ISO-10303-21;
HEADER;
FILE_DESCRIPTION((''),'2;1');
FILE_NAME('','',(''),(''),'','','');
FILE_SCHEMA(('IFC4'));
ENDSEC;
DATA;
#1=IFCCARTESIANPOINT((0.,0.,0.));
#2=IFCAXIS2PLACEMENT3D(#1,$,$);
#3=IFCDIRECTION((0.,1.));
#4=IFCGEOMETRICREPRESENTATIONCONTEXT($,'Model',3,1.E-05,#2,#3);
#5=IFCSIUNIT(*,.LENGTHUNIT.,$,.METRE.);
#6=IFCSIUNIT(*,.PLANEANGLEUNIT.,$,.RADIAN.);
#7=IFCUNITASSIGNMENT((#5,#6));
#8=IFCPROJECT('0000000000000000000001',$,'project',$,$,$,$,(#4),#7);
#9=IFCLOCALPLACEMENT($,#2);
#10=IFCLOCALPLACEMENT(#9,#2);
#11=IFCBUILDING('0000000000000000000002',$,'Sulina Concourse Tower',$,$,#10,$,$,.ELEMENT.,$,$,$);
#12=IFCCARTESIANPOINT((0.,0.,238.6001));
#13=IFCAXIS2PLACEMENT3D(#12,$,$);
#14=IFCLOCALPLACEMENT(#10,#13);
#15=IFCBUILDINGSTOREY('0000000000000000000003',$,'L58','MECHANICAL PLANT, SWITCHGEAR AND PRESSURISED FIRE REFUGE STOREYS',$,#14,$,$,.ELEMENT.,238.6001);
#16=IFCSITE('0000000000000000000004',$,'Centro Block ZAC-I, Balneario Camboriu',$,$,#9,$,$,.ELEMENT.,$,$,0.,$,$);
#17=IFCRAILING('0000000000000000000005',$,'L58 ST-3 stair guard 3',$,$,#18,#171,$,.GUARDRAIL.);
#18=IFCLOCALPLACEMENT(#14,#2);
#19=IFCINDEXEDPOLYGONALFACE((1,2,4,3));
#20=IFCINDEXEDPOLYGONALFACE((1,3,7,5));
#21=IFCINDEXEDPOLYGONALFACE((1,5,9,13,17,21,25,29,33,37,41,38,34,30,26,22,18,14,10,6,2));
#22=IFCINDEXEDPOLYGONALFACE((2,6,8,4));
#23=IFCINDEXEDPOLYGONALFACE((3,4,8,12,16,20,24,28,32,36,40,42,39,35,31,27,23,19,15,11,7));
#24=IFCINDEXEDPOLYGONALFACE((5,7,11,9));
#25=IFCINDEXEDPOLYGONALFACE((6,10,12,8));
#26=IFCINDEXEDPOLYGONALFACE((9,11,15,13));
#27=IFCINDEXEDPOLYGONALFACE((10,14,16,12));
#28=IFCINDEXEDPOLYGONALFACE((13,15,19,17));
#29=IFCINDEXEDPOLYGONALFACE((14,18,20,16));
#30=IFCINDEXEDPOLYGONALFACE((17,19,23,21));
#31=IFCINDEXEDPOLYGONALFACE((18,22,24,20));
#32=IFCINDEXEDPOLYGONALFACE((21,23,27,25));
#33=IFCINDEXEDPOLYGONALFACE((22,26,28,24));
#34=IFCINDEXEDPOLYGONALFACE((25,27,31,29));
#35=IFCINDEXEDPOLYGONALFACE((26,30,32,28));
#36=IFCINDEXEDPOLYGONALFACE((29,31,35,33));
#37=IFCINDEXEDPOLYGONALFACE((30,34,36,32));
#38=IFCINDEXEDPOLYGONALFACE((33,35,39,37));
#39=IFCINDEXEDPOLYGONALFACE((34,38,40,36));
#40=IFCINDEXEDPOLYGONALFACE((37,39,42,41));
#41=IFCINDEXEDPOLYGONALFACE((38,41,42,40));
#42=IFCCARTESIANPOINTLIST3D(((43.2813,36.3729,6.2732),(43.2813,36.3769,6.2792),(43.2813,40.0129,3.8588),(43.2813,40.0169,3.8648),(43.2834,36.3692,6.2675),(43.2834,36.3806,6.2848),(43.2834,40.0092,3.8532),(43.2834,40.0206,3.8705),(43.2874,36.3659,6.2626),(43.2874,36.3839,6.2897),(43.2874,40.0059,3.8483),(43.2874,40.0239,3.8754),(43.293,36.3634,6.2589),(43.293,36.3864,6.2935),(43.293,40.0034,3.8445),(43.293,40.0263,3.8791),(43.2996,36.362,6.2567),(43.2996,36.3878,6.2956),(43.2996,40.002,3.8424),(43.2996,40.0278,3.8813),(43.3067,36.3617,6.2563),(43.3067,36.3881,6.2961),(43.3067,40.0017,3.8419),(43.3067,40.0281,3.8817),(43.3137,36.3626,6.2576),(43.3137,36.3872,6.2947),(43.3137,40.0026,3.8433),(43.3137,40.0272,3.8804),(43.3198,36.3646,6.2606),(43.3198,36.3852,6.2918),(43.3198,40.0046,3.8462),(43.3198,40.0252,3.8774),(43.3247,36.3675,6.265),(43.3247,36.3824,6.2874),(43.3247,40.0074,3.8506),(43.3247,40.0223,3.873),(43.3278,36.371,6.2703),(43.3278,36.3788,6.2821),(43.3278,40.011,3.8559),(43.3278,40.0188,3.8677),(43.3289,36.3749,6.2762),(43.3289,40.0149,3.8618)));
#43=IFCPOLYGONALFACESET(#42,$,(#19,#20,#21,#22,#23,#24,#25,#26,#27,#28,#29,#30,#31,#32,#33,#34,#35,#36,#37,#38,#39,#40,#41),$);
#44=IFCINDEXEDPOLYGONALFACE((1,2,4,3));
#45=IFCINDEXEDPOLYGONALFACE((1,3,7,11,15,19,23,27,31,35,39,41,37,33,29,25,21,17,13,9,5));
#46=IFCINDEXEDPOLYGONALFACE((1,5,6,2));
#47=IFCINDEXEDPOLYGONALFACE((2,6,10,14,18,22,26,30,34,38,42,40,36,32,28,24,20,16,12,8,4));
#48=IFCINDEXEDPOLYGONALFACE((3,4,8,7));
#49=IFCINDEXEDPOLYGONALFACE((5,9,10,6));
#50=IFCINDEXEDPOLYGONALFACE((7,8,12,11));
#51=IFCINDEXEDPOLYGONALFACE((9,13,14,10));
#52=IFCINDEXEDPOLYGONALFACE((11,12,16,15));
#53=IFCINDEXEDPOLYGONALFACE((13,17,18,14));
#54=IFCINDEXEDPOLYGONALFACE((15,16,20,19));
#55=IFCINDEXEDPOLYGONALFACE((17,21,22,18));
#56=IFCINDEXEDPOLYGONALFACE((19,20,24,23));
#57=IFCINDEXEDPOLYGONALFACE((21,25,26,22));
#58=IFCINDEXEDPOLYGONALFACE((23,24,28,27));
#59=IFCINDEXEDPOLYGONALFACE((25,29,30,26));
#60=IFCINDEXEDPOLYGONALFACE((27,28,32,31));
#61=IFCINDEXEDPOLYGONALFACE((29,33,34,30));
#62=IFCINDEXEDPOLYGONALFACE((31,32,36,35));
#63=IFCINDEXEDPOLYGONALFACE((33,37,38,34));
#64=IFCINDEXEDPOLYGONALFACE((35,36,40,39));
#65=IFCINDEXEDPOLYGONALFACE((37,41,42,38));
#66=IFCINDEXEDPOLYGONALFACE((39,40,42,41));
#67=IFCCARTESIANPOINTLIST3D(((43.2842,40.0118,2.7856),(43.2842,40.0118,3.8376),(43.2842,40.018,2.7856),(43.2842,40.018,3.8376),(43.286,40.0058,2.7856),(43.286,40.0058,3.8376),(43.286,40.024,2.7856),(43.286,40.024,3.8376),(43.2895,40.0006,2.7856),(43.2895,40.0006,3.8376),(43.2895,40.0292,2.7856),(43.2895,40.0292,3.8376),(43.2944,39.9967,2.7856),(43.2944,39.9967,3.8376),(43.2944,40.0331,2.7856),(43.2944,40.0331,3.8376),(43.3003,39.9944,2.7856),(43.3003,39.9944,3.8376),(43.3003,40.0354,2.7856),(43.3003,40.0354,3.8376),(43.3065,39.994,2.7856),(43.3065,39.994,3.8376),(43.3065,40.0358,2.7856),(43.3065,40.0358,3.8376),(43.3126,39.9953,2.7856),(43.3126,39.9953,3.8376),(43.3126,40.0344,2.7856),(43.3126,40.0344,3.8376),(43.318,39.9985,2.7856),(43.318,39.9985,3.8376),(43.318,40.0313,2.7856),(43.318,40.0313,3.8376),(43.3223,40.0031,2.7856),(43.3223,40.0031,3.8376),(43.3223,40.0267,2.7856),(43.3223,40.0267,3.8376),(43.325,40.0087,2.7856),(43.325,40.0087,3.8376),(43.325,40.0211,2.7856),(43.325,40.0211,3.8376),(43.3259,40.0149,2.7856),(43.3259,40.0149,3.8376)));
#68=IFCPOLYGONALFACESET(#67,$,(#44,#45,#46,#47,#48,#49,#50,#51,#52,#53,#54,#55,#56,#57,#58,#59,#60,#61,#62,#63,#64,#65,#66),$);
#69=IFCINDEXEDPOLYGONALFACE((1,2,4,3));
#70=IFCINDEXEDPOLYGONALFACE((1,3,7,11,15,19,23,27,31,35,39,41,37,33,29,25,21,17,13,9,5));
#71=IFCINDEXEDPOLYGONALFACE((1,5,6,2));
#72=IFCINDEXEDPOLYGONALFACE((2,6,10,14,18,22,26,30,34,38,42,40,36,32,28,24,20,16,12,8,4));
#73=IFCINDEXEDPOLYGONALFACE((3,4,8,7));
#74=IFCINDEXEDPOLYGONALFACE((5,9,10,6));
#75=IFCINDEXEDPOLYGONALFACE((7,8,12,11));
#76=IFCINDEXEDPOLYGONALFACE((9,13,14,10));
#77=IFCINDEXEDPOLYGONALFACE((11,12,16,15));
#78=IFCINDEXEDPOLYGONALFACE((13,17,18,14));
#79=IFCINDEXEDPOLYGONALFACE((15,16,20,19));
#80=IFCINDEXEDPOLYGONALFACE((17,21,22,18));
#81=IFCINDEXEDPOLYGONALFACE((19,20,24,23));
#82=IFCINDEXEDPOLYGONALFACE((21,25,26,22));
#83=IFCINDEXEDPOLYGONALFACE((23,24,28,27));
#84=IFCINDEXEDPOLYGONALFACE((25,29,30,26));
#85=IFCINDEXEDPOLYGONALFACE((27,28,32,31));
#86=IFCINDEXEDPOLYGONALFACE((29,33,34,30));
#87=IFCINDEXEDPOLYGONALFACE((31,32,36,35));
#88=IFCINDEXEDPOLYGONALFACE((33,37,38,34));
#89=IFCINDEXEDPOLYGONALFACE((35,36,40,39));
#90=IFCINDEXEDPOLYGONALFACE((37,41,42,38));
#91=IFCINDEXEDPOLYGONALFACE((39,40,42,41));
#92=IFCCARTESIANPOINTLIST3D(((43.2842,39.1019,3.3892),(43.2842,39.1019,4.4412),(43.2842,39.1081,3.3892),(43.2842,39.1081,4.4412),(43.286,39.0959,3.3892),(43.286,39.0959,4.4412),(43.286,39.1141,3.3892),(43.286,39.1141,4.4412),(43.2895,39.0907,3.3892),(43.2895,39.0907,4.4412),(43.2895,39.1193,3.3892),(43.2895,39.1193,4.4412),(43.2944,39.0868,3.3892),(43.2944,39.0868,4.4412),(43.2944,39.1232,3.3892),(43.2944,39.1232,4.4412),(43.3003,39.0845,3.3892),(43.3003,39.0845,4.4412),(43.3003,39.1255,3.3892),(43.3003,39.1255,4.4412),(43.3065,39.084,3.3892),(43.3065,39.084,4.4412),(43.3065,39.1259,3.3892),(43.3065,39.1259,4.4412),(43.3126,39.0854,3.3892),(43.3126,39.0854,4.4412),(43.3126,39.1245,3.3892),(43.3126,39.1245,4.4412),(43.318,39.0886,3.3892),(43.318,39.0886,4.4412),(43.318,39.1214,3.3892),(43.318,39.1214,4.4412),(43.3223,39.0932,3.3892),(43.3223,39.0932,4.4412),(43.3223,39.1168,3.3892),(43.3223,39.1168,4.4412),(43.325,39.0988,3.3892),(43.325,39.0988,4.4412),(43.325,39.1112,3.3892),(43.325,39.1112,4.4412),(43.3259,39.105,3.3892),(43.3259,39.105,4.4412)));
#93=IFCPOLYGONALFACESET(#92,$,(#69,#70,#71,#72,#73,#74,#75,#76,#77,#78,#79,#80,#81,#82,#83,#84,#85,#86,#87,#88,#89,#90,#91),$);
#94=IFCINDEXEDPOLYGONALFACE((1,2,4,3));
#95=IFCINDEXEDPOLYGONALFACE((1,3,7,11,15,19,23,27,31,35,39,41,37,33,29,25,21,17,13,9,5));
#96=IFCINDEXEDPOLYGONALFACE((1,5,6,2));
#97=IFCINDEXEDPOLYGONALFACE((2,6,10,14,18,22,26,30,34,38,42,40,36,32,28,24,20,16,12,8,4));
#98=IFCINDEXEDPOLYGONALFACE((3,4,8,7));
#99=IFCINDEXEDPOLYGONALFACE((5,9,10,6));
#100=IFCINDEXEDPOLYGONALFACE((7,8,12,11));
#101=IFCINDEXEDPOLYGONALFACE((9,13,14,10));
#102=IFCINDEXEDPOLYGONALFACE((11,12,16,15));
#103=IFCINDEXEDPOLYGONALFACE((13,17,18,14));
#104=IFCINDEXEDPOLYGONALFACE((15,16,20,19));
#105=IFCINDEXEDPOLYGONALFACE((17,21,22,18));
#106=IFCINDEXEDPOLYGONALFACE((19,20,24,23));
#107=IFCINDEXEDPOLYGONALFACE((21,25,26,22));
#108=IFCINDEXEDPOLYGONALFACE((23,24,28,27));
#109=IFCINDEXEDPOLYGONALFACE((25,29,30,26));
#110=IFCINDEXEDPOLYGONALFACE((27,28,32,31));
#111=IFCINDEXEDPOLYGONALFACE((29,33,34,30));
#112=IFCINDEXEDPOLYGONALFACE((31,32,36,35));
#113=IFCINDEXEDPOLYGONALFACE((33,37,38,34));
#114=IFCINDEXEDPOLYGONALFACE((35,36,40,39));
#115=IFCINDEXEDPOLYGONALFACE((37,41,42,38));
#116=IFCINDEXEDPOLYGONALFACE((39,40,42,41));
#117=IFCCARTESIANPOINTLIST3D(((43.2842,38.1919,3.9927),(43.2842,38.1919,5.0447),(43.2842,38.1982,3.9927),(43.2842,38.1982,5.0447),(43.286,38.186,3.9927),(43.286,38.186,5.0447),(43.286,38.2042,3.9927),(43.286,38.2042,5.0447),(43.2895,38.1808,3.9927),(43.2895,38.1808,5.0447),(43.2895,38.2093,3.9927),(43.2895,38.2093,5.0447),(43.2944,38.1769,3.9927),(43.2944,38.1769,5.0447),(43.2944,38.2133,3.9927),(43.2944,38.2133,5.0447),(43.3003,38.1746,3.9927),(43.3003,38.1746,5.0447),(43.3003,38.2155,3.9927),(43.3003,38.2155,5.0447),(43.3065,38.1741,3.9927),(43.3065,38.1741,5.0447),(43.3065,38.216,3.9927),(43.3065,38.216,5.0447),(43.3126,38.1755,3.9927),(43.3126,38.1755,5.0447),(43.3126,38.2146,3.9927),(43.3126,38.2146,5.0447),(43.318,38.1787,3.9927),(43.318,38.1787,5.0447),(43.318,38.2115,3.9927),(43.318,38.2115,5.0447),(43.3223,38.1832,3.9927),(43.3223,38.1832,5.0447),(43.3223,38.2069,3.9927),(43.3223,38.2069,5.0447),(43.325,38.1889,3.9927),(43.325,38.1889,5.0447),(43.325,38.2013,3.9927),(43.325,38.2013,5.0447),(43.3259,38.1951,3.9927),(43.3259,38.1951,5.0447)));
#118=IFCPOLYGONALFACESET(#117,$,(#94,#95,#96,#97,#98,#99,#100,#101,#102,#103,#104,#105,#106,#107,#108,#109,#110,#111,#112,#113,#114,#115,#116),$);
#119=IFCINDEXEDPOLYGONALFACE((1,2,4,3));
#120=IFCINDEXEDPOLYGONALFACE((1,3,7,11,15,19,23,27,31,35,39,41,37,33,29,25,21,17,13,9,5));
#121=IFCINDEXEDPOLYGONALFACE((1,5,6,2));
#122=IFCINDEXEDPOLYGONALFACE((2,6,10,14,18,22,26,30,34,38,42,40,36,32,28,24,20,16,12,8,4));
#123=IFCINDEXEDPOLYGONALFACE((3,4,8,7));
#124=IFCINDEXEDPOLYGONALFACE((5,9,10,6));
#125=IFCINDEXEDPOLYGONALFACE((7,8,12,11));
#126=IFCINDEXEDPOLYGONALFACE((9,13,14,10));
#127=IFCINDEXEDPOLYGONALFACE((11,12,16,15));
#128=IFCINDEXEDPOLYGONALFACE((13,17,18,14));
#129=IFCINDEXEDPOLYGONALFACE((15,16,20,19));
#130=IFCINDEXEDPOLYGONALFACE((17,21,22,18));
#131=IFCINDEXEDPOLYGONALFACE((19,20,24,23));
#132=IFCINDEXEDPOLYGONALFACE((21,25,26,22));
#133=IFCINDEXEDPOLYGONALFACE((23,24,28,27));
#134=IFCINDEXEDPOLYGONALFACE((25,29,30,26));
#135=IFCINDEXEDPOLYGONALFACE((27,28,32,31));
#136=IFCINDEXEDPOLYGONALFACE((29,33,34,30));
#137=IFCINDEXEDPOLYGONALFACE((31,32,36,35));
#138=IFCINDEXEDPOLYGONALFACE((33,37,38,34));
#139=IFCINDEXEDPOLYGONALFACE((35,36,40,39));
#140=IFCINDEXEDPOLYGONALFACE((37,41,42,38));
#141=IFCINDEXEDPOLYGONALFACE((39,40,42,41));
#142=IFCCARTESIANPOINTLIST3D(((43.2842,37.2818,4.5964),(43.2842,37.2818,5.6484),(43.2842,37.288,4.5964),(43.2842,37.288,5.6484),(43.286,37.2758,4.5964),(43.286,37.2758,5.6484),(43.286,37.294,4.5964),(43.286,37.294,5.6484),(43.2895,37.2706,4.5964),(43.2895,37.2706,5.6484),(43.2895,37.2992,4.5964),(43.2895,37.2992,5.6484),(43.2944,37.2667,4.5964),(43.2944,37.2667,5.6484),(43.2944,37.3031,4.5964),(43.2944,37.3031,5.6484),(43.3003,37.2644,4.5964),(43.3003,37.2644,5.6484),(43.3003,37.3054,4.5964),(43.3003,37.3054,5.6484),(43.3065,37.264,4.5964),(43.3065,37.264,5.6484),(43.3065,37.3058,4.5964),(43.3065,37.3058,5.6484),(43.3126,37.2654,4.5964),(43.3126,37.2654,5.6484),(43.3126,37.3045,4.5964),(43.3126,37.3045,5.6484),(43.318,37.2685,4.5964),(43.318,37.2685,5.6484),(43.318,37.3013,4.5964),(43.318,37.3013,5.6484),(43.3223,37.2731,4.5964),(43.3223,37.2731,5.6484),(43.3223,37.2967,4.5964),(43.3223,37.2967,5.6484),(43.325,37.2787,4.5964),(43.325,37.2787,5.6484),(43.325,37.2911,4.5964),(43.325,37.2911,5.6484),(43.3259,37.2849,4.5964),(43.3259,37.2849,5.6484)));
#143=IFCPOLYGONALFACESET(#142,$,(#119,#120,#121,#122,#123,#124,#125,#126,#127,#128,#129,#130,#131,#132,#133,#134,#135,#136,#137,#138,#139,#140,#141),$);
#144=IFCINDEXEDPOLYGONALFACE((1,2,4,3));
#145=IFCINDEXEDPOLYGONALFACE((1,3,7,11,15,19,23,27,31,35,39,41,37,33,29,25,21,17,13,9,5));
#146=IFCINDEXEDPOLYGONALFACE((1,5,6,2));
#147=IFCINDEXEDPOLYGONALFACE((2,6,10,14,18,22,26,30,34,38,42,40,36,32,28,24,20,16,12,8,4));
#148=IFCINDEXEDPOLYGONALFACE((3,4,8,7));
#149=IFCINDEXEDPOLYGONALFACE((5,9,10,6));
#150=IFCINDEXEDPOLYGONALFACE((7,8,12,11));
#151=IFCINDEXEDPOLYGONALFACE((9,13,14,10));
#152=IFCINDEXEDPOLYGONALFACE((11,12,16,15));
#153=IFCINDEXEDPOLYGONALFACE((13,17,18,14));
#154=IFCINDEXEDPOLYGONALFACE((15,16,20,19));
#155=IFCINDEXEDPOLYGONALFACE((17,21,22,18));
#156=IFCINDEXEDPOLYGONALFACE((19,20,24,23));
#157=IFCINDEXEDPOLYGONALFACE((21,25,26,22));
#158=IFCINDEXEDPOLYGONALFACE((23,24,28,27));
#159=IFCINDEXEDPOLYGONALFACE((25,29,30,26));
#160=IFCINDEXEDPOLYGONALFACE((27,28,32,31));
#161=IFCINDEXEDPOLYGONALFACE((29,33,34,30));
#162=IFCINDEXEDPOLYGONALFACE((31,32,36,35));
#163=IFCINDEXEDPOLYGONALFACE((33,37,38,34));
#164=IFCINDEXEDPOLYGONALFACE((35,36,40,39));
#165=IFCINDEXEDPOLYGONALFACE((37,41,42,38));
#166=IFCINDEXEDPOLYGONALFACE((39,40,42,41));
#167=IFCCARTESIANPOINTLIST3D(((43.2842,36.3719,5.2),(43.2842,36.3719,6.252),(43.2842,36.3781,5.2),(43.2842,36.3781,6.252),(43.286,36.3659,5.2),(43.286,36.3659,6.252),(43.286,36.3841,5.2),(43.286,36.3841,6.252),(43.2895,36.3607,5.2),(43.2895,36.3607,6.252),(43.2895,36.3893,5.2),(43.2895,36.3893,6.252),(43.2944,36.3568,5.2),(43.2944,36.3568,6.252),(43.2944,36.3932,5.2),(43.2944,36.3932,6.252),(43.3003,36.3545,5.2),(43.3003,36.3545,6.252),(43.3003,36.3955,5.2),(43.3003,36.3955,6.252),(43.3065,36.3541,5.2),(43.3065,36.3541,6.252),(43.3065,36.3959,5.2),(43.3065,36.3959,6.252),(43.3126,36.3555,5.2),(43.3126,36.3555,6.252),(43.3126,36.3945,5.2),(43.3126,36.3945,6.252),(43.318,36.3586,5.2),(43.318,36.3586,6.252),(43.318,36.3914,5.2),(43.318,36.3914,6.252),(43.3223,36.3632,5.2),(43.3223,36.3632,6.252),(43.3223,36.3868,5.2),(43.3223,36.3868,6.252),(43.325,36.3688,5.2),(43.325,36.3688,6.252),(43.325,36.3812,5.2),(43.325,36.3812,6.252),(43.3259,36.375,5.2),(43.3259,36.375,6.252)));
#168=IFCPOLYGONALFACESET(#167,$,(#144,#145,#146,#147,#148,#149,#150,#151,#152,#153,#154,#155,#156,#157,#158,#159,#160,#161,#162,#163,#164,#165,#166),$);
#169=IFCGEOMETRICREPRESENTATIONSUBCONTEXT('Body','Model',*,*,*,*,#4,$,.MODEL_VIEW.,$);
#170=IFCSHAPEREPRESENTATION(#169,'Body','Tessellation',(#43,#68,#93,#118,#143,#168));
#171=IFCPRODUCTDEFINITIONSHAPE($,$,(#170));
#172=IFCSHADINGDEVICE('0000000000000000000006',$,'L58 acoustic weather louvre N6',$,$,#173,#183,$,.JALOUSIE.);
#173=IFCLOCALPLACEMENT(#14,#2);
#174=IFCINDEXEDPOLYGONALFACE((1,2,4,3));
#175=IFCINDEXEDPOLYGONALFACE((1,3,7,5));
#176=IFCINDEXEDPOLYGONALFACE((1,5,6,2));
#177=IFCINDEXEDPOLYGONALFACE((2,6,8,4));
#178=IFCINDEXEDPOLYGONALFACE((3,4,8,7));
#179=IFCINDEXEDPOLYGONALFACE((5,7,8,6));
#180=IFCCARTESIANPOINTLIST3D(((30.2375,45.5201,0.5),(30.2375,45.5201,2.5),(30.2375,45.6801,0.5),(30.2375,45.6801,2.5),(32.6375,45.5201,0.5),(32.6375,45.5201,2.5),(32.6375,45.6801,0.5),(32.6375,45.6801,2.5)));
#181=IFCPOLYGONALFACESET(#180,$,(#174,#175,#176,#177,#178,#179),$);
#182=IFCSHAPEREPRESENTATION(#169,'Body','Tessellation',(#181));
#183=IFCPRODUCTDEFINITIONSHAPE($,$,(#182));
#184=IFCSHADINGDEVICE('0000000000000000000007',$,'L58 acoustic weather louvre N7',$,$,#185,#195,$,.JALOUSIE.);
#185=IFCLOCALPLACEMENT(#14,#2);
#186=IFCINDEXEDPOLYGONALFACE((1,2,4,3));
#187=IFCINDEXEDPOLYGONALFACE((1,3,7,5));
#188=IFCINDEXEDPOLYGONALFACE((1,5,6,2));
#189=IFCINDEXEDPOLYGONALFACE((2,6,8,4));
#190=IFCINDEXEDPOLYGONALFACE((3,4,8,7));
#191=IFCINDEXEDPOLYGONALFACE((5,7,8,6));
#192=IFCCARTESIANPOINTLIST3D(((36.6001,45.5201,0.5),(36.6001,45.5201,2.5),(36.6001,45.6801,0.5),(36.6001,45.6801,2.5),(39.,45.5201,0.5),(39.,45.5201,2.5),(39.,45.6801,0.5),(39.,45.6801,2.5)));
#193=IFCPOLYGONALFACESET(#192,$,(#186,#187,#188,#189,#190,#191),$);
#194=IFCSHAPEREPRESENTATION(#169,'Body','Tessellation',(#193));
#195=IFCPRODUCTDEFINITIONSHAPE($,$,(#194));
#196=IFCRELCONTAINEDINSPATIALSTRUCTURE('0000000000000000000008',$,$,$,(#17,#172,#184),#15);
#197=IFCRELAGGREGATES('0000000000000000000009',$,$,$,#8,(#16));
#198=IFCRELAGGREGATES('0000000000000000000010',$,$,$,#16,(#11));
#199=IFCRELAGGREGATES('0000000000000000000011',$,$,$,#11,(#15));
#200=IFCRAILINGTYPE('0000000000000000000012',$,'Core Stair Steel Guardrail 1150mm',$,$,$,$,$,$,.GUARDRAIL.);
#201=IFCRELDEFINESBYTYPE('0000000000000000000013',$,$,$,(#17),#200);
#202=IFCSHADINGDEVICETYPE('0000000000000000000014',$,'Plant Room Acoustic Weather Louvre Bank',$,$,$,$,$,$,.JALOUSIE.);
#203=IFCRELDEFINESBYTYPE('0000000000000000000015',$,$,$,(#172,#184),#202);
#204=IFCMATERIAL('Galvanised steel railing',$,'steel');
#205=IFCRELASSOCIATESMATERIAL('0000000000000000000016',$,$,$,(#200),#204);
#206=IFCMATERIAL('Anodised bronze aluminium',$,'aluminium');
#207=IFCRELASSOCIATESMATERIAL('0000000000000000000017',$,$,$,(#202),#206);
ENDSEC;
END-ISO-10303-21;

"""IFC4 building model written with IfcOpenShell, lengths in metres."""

from ifc_helpers import new_model, si_unit, direction, frame, origin, origin_2d, place, context, subcontext, project, spatial, rectangle, circle, extrude, material, type_object, element, save


model = new_model("IFC4")

# Units and contexts
model_context = context("Model", 3, precision=1e-05, world=origin(), true_north=direction((0.0, 1.0)))
body_context = subcontext(model_context, "Body", "Model", "MODEL_VIEW")
ifc_project = project(units=[si_unit("LENGTHUNIT", "METRE"), si_unit("PLANEANGLEUNIT", "RADIAN")], contexts=[model_context])

# Site, building, storey
site_placement = place(None, origin())
site = spatial("IfcSite", under=ifc_project, at=site_placement, Name="Centro Block ZAC-I, Balneario Camboriu", CompositionType="ELEMENT", RefElevation=0.0)
building_placement = place(site_placement, origin())
building = spatial("IfcBuilding", under=site, at=building_placement, Name="Sulina Concourse Tower", CompositionType="ELEMENT")
storey_placement = place(building_placement, frame((0.0, 0.0, 238.6001)))
storey = spatial("IfcBuildingStorey", under=building, at=storey_placement, Name="L58", Description="MECHANICAL PLANT, SWITCHGEAR AND PRESSURISED FIRE REFUGE STOREYS", CompositionType="ELEMENT", Elevation=238.6001)

# Railing
ifc_material_1 = material(Name="Galvanised steel railing", Category="steel")
railing_type = type_object("IfcRailingType", Name="Core Stair Steel Guardrail 1150mm", PredefinedType="GUARDRAIL", material=ifc_material_1)
railing_1_placement = place(storey_placement, frame((43.3049, 40.0149, 2.7856)))
element("IfcRailing", 1, at=railing_1_placement, inside=storey, type_object=railing_type, Name="L58 ST-3 stair guard 3", PredefinedType="GUARDRAIL", context=body_context, shape_type="SweptSolid", body=[
    extrude(circle(Radius=0.0239, at=origin_2d()), frame((0.0, 0.0, 1.0762), z_axis=(0.0, -0.833347, 0.552751), x_axis=(1.0, 0.0, 0.0)), (0.0, 0.0, 1.0), 4.3679),
    extrude(circle(Radius=0.021, at=origin_2d()), origin(), (0.0, 0.0, 1.0), 1.052),
    extrude(circle(Radius=0.021, at=origin_2d()), frame((0.0, -0.9099, 0.6035)), (0.0, 0.0, 1.0), 1.052),
    extrude(circle(Radius=0.021, at=origin_2d()), frame((0.0, -1.8198, 1.207)), (0.0, 0.0, 1.0), 1.052),
    extrude(circle(Radius=0.021, at=origin_2d()), frame((0.0, -2.73, 1.8108)), (0.0, 0.0, 1.0), 1.052),
    extrude(circle(Radius=0.021, at=origin_2d()), frame((0.0, -3.6399, 2.4143)), (0.0, 0.0, 1.0), 1.052),
])

# Shading devices
ifc_material_2 = material(Name="Anodised bronze aluminium", Category="aluminium")
shading_device_type = type_object("IfcShadingDeviceType", Name="Plant Room Acoustic Weather Louvre Bank", PredefinedType="JALOUSIE", material=ifc_material_2)
for number, where, z_axis, x_axis, name in (
    (2, (31.4375, 45.6001, 0.5), (0.0, 0.0, 1.0), (1.0, 0.0, 0.0), "L58 acoustic weather louvre N6"),
    (3, (37.8, 45.6001, 0.5), (0.0, 0.0, 1.0), (1.0, 0.0, 0.0), "L58 acoustic weather louvre N7"),
):
    element("IfcShadingDevice", number, at=place(storey_placement, frame(where, z_axis=z_axis, x_axis=x_axis)), inside=storey, type_object=shading_device_type, Name=name, PredefinedType="JALOUSIE", context=body_context, shape_type="SweptSolid", body=[
        extrude(rectangle(XDim=2.3999, YDim=0.1599, at=origin_2d()), origin(), (0.0, 0.0, 1.0), 2.0),
    ])

save(model, "model.ifc")
